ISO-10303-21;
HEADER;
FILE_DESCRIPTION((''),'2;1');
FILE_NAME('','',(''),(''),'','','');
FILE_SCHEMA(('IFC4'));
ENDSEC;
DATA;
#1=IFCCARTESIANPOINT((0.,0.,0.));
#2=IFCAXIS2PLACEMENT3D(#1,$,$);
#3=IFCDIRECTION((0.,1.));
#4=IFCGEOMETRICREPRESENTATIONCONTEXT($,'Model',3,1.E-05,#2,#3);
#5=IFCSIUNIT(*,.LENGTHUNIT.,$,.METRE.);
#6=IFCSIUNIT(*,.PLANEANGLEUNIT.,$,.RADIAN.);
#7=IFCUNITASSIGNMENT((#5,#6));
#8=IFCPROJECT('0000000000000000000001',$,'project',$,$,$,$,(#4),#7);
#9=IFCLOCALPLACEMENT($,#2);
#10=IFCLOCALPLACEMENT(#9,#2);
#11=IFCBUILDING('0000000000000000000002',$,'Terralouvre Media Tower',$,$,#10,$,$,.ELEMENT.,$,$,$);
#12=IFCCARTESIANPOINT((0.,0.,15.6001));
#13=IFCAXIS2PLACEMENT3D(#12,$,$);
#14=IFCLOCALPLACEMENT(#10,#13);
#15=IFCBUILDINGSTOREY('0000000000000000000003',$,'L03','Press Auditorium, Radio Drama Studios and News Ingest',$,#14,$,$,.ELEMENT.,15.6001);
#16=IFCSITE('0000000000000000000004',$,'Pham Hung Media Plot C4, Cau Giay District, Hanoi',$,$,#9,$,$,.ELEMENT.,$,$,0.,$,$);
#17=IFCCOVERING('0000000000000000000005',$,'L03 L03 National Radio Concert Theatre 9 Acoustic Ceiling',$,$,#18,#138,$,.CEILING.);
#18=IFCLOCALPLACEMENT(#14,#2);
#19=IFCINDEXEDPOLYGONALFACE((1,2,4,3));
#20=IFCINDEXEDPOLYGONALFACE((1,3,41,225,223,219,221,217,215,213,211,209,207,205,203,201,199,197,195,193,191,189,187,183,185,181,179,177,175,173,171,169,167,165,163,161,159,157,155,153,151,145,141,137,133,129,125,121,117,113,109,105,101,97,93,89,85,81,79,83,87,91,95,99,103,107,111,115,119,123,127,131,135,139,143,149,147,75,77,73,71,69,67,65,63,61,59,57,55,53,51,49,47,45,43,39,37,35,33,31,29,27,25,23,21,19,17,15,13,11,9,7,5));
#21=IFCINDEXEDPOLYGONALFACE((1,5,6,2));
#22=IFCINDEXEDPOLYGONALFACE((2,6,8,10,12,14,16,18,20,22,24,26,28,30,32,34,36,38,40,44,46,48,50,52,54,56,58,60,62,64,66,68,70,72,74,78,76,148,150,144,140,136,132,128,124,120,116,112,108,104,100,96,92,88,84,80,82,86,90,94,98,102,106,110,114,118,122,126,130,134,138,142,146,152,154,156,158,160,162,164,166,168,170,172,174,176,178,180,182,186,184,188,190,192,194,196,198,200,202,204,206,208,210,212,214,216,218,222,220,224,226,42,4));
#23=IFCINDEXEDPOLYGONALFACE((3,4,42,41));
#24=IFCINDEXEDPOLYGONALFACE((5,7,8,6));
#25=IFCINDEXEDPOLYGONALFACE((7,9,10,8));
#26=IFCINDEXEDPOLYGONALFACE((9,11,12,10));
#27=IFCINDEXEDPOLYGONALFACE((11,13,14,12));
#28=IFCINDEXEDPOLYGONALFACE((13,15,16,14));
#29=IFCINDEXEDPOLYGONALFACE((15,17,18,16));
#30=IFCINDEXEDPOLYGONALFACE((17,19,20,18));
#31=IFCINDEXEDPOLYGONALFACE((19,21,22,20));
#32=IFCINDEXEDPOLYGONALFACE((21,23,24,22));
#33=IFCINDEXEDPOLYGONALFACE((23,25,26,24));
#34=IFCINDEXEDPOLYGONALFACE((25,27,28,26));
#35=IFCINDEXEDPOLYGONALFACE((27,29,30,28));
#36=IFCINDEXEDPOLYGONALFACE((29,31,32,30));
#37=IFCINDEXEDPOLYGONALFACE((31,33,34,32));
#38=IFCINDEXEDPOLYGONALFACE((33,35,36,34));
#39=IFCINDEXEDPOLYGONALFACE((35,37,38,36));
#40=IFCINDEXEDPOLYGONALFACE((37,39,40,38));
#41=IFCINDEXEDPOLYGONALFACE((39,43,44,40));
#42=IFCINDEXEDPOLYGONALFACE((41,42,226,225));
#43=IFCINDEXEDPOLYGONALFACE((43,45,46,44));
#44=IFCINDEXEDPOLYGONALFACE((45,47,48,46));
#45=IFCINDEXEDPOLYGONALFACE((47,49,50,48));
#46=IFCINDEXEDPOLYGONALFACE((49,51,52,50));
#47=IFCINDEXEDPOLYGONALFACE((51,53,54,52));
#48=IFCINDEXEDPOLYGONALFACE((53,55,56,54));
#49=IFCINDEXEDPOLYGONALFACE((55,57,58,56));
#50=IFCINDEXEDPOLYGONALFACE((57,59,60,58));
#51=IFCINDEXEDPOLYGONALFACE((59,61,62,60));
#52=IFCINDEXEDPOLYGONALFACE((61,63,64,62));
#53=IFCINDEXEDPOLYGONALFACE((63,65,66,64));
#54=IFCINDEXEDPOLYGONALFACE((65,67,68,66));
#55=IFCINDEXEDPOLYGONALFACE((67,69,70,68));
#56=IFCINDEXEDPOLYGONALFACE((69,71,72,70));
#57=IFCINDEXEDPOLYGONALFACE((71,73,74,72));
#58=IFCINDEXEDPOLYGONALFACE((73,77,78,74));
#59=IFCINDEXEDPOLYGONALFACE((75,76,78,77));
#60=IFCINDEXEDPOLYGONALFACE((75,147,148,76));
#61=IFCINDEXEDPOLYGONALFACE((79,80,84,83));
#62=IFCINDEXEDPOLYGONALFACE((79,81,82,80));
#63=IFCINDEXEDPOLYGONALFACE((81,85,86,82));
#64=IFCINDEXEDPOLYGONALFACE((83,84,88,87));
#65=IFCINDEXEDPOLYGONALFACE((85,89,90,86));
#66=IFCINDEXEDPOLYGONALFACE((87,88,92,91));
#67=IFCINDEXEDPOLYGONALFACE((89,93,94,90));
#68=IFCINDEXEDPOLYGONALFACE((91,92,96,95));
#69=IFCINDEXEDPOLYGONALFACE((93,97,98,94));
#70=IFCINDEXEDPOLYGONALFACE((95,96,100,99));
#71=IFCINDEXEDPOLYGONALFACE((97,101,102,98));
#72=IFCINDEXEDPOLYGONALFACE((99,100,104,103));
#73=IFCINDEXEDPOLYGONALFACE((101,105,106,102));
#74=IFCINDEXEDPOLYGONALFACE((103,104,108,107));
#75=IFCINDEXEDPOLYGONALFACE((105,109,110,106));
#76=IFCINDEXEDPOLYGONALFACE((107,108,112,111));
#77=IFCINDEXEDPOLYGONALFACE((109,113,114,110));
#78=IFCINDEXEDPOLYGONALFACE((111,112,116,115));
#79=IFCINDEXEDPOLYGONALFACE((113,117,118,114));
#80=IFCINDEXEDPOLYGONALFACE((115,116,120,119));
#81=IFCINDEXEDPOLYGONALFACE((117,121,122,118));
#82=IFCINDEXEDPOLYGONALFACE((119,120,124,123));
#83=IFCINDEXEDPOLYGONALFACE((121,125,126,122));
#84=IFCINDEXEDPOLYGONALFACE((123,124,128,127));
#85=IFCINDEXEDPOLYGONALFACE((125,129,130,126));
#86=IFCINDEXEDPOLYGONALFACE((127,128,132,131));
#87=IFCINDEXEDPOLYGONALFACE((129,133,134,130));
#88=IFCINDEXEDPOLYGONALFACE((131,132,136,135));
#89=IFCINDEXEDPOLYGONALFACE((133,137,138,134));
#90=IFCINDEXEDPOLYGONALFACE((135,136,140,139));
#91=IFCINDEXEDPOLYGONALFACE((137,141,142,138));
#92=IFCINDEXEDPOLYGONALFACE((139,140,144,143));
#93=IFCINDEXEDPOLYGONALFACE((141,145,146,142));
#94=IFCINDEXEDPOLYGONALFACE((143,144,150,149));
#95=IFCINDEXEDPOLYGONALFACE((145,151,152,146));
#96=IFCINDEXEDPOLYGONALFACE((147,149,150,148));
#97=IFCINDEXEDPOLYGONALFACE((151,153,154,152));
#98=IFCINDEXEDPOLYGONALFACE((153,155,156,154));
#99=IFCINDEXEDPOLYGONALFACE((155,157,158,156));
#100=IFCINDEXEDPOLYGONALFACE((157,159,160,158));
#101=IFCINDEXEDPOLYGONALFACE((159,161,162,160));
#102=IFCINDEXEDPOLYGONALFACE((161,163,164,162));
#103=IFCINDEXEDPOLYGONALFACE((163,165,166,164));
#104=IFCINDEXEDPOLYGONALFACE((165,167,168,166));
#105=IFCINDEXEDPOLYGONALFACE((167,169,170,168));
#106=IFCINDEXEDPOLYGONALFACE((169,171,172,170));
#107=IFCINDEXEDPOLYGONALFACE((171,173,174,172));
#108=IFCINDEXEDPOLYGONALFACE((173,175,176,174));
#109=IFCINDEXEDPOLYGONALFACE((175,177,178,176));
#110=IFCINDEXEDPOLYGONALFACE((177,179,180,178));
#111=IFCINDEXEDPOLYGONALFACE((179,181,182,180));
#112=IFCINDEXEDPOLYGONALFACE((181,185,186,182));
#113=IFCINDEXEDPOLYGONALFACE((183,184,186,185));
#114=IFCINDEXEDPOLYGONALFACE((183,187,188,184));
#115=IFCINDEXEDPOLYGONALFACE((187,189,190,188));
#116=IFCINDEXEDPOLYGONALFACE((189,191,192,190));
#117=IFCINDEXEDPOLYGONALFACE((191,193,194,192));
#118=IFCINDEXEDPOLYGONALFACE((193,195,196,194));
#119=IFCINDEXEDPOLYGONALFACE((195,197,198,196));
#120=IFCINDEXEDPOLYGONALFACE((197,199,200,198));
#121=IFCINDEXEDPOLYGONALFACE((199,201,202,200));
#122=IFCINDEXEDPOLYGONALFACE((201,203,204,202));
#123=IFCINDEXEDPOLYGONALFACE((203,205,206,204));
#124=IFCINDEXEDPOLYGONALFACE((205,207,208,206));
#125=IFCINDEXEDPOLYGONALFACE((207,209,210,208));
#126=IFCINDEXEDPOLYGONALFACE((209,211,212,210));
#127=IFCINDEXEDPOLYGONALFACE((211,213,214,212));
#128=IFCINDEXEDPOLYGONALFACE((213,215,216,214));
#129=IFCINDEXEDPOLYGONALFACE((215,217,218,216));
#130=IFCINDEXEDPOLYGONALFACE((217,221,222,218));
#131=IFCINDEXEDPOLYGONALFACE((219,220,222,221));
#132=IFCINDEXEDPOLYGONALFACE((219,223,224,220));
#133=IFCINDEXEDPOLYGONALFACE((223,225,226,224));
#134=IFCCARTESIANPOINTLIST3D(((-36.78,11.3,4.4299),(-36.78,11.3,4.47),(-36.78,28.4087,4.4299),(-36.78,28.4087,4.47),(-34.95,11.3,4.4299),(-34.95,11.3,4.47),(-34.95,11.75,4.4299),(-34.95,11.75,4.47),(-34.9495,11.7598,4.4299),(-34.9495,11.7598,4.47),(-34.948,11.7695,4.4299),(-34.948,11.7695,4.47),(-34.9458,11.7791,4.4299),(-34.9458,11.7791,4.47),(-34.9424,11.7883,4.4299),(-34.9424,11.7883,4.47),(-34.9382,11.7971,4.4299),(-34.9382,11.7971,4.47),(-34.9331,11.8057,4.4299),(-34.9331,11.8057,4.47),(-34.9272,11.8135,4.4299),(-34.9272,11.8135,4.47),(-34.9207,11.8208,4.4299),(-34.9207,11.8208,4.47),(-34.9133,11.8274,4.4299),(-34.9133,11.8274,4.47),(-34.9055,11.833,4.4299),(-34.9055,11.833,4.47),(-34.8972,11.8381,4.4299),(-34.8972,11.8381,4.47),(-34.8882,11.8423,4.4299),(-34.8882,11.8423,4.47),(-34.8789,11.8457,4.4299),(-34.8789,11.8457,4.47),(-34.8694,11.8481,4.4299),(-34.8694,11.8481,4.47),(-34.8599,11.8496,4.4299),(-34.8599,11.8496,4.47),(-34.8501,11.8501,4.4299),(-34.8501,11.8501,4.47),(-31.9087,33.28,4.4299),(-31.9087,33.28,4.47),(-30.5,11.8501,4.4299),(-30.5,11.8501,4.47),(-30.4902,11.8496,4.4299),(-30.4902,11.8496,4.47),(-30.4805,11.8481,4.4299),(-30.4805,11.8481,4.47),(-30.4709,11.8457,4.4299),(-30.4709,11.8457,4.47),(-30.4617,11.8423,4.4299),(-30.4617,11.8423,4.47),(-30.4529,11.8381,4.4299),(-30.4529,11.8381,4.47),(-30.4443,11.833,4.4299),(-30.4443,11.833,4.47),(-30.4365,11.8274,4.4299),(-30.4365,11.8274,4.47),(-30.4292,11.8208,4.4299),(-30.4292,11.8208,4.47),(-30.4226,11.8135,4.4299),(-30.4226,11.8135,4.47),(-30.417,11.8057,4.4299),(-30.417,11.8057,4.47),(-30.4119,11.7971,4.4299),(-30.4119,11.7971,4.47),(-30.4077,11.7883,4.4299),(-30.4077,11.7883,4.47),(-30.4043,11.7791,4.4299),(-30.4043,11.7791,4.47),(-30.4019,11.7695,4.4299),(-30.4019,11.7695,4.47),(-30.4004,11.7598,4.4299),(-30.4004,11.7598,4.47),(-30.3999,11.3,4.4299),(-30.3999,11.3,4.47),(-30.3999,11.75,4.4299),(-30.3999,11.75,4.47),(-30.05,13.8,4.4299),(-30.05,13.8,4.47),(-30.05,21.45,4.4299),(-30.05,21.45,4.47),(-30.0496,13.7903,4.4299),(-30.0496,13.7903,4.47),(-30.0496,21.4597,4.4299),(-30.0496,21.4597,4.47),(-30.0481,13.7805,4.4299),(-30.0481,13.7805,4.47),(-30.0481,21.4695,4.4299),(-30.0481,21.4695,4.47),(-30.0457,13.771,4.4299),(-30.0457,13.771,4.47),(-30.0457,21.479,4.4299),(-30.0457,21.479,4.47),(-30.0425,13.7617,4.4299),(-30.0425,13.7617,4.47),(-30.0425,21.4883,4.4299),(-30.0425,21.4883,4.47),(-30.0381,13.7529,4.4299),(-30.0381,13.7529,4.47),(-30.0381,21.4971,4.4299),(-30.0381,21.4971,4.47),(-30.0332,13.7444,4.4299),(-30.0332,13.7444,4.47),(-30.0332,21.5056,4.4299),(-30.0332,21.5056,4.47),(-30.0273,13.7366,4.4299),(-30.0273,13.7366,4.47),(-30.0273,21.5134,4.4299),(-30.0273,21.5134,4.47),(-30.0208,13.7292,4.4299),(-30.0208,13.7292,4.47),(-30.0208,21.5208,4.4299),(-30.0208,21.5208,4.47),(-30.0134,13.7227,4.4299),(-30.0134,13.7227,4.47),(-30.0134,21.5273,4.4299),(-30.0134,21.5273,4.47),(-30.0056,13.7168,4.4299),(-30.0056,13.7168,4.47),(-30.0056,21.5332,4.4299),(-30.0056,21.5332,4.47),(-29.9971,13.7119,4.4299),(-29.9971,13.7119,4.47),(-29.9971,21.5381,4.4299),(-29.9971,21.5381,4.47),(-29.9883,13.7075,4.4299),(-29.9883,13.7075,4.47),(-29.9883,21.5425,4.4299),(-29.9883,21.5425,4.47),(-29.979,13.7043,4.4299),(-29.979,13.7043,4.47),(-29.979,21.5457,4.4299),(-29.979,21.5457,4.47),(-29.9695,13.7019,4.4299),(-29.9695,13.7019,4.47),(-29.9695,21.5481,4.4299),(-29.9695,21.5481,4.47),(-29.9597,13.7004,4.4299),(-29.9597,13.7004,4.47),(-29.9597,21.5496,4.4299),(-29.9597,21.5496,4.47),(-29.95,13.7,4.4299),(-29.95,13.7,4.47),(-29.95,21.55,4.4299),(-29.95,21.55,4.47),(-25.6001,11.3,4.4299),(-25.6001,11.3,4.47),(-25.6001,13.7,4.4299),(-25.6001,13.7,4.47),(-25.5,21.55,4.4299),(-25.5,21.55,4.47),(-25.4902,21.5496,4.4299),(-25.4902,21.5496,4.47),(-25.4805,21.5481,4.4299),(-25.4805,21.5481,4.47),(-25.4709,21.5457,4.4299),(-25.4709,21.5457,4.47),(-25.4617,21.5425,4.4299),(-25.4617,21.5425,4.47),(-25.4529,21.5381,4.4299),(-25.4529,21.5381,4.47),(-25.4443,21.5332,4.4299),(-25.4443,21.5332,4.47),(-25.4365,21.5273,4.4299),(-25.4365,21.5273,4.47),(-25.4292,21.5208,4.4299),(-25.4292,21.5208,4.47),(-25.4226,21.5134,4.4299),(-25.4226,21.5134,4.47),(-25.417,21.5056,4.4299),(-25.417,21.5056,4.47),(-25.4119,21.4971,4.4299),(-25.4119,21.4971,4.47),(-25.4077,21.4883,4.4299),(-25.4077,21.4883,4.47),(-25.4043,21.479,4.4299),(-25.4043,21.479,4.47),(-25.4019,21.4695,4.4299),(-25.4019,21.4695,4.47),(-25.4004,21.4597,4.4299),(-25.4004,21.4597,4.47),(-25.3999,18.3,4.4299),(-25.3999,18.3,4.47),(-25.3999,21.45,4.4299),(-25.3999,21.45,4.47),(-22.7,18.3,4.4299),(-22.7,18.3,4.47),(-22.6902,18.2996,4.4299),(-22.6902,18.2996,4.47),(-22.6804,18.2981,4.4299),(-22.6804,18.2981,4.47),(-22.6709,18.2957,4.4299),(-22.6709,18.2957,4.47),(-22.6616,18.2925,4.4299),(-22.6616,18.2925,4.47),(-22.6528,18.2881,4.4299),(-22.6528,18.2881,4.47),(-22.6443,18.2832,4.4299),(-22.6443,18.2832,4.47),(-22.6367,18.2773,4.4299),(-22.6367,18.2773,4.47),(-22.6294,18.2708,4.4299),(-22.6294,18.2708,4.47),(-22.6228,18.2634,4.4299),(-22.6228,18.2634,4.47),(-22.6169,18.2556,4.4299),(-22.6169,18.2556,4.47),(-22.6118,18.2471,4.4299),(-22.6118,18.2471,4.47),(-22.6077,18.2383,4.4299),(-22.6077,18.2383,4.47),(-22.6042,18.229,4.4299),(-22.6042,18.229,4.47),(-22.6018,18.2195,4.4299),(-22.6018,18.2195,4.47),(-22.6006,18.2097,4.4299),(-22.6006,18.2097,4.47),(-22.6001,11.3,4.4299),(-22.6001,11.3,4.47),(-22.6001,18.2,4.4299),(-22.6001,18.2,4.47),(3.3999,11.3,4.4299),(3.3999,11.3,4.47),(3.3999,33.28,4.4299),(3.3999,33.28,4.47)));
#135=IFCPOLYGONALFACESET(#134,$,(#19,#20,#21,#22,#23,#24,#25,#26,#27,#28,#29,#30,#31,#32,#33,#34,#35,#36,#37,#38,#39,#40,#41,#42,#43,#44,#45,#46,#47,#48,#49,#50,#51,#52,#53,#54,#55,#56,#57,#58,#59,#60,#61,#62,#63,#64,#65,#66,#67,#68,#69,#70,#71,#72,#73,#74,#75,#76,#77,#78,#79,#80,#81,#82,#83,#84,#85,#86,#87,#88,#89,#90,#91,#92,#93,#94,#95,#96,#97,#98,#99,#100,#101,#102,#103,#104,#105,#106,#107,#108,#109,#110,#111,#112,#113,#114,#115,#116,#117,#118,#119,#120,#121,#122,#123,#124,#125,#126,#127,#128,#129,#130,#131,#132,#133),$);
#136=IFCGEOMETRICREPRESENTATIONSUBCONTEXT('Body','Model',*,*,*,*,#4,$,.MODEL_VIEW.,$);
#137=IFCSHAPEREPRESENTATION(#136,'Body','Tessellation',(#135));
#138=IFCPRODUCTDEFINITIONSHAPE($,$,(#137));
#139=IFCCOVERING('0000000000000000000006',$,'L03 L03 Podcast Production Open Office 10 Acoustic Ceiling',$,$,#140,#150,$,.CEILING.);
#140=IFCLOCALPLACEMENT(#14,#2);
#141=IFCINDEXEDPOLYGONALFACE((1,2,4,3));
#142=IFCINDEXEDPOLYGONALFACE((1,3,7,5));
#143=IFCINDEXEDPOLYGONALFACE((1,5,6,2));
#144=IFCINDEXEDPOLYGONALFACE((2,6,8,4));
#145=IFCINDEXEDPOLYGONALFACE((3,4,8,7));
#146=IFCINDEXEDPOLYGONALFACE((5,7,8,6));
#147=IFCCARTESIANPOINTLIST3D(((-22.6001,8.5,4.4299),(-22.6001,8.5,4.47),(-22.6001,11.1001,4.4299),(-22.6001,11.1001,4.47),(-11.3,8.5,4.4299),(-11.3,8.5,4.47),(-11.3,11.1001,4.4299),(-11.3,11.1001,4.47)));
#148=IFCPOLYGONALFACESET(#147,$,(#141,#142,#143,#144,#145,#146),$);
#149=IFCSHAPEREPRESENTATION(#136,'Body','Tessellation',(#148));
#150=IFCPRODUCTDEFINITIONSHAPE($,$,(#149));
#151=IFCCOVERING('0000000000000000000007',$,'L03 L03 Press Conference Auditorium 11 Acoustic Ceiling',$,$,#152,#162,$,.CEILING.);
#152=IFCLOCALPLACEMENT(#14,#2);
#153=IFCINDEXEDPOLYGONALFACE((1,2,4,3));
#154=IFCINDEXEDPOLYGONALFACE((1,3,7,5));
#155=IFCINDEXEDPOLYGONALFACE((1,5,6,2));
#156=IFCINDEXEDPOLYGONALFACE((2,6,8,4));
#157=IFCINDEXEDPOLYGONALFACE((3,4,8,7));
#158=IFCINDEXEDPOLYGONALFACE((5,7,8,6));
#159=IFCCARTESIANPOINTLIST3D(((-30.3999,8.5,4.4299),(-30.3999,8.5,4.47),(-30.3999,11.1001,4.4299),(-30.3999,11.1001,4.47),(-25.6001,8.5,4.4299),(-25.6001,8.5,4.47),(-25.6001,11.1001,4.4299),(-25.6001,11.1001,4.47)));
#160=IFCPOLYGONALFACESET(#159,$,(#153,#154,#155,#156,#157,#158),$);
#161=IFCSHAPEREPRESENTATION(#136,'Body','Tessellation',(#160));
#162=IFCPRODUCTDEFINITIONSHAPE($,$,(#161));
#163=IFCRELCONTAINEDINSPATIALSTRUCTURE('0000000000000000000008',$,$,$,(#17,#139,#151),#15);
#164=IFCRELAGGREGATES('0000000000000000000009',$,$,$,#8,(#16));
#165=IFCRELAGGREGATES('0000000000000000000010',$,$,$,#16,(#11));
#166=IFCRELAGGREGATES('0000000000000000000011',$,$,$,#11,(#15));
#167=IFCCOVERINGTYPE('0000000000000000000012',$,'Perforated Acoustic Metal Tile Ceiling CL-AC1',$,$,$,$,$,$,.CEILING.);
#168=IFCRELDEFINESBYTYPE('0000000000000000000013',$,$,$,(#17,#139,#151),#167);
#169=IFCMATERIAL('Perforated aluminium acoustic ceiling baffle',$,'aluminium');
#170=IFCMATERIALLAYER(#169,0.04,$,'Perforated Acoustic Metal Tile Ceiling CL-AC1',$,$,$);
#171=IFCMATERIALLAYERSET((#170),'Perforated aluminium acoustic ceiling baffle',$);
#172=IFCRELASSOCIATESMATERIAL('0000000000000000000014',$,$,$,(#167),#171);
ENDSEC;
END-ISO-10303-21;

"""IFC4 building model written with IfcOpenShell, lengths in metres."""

from ifc_helpers import new_model, si_unit, direction, frame, origin, place, context, subcontext, project, spatial, polyline, outline, extrude, material, layer, layer_set, type_object, element, save


model = new_model("IFC4")

# Units and contexts
model_context = context("Model", 3, precision=1e-05, world=origin(), true_north=direction((0.0, 1.0)))
body_context = subcontext(model_context, "Body", "Model", "MODEL_VIEW")
ifc_project = project(units=[si_unit("LENGTHUNIT", "METRE"), si_unit("PLANEANGLEUNIT", "RADIAN")], contexts=[model_context])

# Site, building, storey
site_placement = place(None, origin())
site = spatial("IfcSite", under=ifc_project, at=site_placement, Name="Pham Hung Media Plot C4, Cau Giay District, Hanoi", CompositionType="ELEMENT", RefElevation=0.0)
building_placement = place(site_placement, origin())
building = spatial("IfcBuilding", under=site, at=building_placement, Name="Terralouvre Media Tower", CompositionType="ELEMENT")
storey_placement = place(building_placement, frame((0.0, 0.0, 15.6001)))
storey = spatial("IfcBuildingStorey", under=building, at=storey_placement, Name="L03", Description="Press Auditorium, Radio Drama Studios and News Ingest", CompositionType="ELEMENT", Elevation=15.6001)

# Coverings
ifc_material_1 = material(Name="Perforated aluminium acoustic ceiling baffle", Category="aluminium")
ifc_layer_1 = layer(ifc_material_1, 0.04, Name="Perforated Acoustic Metal Tile Ceiling CL-AC1")
ifc_layer_set_1 = layer_set([ifc_layer_1], Name="Perforated aluminium acoustic ceiling baffle")
covering_type_1 = type_object("IfcCoveringType", Name="Perforated Acoustic Metal Tile Ceiling CL-AC1", PredefinedType="CEILING", material=ifc_layer_set_1)
covering_1_placement = place(storey_placement, frame((0.0, 0.0, 4.4299)))
element("IfcCovering", 1, at=covering_1_placement, inside=storey, type_object=covering_type_1, Name="L03 L03 National Radio Concert Theatre 9 Acoustic Ceiling", PredefinedType="CEILING", context=body_context, shape_type="SweptSolid", body=[
    extrude(outline(polyline([(-34.95, 11.75), (-34.9495, 11.7598), (-34.948, 11.7695), (-34.9458, 11.7791), (-34.9424, 11.7883), (-34.9382, 11.7971), (-34.9331, 11.8057), (-34.9272, 11.8135), (-34.9207, 11.8208), (-34.9133, 11.8274), (-34.9055, 11.833), (-34.8972, 11.8381), (-34.8882, 11.8423), (-34.8789, 11.8457), (-34.8694, 11.8481), (-34.8599, 11.8496), (-34.8501, 11.8501), (-30.5, 11.8501), (-30.4902, 11.8496), (-30.4805, 11.8481), (-30.4709, 11.8457), (-30.4617, 11.8423), (-30.4529, 11.8381), (-30.4443, 11.833), (-30.4365, 11.8274), (-30.4292, 11.8208), (-30.4226, 11.8135), (-30.417, 11.8057), (-30.4119, 11.7971), (-30.4077, 11.7883), (-30.4043, 11.7791), (-30.4019, 11.7695), (-30.4004, 11.7598), (-30.3999, 11.75), (-30.3999, 11.3), (-25.6001, 11.3), (-25.6001, 13.7), (-29.95, 13.7), (-29.9597, 13.7004), (-29.9695, 13.7019), (-29.979, 13.7043), (-29.9883, 13.7075), (-29.9971, 13.7119), (-30.0056, 13.7168), (-30.0134, 13.7227), (-30.0208, 13.7292), (-30.0273, 13.7366), (-30.0332, 13.7444), (-30.0381, 13.7529), (-30.0425, 13.7617), (-30.0457, 13.771), (-30.0481, 13.7805), (-30.0496, 13.7903), (-30.05, 13.8), (-30.05, 21.45), (-30.0496, 21.4597), (-30.0481, 21.4695), (-30.0457, 21.479), (-30.0425, 21.4883), (-30.0381, 21.4971), (-30.0332, 21.5056), (-30.0273, 21.5134), (-30.0208, 21.5208), (-30.0134, 21.5273), (-30.0056, 21.5332), (-29.9971, 21.5381), (-29.9883, 21.5425), (-29.979, 21.5457), (-29.9695, 21.5481), (-29.9597, 21.5496), (-29.95, 21.55), (-25.5, 21.55), (-25.4902, 21.5496), (-25.4805, 21.5481), (-25.4709, 21.5457), (-25.4617, 21.5425), (-25.4529, 21.5381), (-25.4443, 21.5332), (-25.4365, 21.5273), (-25.4292, 21.5208), (-25.4226, 21.5134), (-25.417, 21.5056), (-25.4119, 21.4971), (-25.4077, 21.4883), (-25.4043, 21.479), (-25.4019, 21.4695), (-25.4004, 21.4597), (-25.3999, 21.45), (-25.3999, 18.3), (-22.7, 18.3), (-22.6902, 18.2996), (-22.6804, 18.2981), (-22.6709, 18.2957), (-22.6616, 18.2925), (-22.6528, 18.2881), (-22.6443, 18.2832), (-22.6367, 18.2773), (-22.6294, 18.2708), (-22.6228, 18.2634), (-22.6169, 18.2556), (-22.6118, 18.2471), (-22.6077, 18.2383), (-22.6042, 18.229), (-22.6018, 18.2195), (-22.6006, 18.2097), (-22.6001, 18.2), (-22.6001, 11.3), (3.3999, 11.3), (3.3999, 33.28), (-31.9087, 33.28), (-36.78, 28.4087), (-36.78, 11.3), (-34.95, 11.3), (-34.95, 11.75)])), origin(), (0.0, 0.0, 1.0), 0.04),
])
covering_2_placement = place(storey_placement, frame((0.0, 0.0, 4.4299)))
element("IfcCovering", 2, at=covering_2_placement, inside=storey, type_object=covering_type_1, Name="L03 L03 Podcast Production Open Office 10 Acoustic Ceiling", PredefinedType="CEILING", context=body_context, shape_type="SweptSolid", body=[
    extrude(outline(polyline([(-22.6001, 8.5), (-11.3, 8.5), (-11.3, 11.1001), (-22.6001, 11.1001), (-22.6001, 8.5)])), origin(), (0.0, 0.0, 1.0), 0.04),
])
covering_3_placement = place(storey_placement, frame((0.0, 0.0, 4.4299)))
element("IfcCovering", 3, at=covering_3_placement, inside=storey, type_object=covering_type_1, Name="L03 L03 Press Conference Auditorium 11 Acoustic Ceiling", PredefinedType="CEILING", context=body_context, shape_type="SweptSolid", body=[
    extrude(outline(polyline([(-25.6001, 11.1001), (-30.3999, 11.1001), (-30.3999, 8.5), (-25.6001, 8.5), (-25.6001, 11.1001)])), origin(), (0.0, 0.0, 1.0), 0.04),
])

save(model, "model.ifc")
